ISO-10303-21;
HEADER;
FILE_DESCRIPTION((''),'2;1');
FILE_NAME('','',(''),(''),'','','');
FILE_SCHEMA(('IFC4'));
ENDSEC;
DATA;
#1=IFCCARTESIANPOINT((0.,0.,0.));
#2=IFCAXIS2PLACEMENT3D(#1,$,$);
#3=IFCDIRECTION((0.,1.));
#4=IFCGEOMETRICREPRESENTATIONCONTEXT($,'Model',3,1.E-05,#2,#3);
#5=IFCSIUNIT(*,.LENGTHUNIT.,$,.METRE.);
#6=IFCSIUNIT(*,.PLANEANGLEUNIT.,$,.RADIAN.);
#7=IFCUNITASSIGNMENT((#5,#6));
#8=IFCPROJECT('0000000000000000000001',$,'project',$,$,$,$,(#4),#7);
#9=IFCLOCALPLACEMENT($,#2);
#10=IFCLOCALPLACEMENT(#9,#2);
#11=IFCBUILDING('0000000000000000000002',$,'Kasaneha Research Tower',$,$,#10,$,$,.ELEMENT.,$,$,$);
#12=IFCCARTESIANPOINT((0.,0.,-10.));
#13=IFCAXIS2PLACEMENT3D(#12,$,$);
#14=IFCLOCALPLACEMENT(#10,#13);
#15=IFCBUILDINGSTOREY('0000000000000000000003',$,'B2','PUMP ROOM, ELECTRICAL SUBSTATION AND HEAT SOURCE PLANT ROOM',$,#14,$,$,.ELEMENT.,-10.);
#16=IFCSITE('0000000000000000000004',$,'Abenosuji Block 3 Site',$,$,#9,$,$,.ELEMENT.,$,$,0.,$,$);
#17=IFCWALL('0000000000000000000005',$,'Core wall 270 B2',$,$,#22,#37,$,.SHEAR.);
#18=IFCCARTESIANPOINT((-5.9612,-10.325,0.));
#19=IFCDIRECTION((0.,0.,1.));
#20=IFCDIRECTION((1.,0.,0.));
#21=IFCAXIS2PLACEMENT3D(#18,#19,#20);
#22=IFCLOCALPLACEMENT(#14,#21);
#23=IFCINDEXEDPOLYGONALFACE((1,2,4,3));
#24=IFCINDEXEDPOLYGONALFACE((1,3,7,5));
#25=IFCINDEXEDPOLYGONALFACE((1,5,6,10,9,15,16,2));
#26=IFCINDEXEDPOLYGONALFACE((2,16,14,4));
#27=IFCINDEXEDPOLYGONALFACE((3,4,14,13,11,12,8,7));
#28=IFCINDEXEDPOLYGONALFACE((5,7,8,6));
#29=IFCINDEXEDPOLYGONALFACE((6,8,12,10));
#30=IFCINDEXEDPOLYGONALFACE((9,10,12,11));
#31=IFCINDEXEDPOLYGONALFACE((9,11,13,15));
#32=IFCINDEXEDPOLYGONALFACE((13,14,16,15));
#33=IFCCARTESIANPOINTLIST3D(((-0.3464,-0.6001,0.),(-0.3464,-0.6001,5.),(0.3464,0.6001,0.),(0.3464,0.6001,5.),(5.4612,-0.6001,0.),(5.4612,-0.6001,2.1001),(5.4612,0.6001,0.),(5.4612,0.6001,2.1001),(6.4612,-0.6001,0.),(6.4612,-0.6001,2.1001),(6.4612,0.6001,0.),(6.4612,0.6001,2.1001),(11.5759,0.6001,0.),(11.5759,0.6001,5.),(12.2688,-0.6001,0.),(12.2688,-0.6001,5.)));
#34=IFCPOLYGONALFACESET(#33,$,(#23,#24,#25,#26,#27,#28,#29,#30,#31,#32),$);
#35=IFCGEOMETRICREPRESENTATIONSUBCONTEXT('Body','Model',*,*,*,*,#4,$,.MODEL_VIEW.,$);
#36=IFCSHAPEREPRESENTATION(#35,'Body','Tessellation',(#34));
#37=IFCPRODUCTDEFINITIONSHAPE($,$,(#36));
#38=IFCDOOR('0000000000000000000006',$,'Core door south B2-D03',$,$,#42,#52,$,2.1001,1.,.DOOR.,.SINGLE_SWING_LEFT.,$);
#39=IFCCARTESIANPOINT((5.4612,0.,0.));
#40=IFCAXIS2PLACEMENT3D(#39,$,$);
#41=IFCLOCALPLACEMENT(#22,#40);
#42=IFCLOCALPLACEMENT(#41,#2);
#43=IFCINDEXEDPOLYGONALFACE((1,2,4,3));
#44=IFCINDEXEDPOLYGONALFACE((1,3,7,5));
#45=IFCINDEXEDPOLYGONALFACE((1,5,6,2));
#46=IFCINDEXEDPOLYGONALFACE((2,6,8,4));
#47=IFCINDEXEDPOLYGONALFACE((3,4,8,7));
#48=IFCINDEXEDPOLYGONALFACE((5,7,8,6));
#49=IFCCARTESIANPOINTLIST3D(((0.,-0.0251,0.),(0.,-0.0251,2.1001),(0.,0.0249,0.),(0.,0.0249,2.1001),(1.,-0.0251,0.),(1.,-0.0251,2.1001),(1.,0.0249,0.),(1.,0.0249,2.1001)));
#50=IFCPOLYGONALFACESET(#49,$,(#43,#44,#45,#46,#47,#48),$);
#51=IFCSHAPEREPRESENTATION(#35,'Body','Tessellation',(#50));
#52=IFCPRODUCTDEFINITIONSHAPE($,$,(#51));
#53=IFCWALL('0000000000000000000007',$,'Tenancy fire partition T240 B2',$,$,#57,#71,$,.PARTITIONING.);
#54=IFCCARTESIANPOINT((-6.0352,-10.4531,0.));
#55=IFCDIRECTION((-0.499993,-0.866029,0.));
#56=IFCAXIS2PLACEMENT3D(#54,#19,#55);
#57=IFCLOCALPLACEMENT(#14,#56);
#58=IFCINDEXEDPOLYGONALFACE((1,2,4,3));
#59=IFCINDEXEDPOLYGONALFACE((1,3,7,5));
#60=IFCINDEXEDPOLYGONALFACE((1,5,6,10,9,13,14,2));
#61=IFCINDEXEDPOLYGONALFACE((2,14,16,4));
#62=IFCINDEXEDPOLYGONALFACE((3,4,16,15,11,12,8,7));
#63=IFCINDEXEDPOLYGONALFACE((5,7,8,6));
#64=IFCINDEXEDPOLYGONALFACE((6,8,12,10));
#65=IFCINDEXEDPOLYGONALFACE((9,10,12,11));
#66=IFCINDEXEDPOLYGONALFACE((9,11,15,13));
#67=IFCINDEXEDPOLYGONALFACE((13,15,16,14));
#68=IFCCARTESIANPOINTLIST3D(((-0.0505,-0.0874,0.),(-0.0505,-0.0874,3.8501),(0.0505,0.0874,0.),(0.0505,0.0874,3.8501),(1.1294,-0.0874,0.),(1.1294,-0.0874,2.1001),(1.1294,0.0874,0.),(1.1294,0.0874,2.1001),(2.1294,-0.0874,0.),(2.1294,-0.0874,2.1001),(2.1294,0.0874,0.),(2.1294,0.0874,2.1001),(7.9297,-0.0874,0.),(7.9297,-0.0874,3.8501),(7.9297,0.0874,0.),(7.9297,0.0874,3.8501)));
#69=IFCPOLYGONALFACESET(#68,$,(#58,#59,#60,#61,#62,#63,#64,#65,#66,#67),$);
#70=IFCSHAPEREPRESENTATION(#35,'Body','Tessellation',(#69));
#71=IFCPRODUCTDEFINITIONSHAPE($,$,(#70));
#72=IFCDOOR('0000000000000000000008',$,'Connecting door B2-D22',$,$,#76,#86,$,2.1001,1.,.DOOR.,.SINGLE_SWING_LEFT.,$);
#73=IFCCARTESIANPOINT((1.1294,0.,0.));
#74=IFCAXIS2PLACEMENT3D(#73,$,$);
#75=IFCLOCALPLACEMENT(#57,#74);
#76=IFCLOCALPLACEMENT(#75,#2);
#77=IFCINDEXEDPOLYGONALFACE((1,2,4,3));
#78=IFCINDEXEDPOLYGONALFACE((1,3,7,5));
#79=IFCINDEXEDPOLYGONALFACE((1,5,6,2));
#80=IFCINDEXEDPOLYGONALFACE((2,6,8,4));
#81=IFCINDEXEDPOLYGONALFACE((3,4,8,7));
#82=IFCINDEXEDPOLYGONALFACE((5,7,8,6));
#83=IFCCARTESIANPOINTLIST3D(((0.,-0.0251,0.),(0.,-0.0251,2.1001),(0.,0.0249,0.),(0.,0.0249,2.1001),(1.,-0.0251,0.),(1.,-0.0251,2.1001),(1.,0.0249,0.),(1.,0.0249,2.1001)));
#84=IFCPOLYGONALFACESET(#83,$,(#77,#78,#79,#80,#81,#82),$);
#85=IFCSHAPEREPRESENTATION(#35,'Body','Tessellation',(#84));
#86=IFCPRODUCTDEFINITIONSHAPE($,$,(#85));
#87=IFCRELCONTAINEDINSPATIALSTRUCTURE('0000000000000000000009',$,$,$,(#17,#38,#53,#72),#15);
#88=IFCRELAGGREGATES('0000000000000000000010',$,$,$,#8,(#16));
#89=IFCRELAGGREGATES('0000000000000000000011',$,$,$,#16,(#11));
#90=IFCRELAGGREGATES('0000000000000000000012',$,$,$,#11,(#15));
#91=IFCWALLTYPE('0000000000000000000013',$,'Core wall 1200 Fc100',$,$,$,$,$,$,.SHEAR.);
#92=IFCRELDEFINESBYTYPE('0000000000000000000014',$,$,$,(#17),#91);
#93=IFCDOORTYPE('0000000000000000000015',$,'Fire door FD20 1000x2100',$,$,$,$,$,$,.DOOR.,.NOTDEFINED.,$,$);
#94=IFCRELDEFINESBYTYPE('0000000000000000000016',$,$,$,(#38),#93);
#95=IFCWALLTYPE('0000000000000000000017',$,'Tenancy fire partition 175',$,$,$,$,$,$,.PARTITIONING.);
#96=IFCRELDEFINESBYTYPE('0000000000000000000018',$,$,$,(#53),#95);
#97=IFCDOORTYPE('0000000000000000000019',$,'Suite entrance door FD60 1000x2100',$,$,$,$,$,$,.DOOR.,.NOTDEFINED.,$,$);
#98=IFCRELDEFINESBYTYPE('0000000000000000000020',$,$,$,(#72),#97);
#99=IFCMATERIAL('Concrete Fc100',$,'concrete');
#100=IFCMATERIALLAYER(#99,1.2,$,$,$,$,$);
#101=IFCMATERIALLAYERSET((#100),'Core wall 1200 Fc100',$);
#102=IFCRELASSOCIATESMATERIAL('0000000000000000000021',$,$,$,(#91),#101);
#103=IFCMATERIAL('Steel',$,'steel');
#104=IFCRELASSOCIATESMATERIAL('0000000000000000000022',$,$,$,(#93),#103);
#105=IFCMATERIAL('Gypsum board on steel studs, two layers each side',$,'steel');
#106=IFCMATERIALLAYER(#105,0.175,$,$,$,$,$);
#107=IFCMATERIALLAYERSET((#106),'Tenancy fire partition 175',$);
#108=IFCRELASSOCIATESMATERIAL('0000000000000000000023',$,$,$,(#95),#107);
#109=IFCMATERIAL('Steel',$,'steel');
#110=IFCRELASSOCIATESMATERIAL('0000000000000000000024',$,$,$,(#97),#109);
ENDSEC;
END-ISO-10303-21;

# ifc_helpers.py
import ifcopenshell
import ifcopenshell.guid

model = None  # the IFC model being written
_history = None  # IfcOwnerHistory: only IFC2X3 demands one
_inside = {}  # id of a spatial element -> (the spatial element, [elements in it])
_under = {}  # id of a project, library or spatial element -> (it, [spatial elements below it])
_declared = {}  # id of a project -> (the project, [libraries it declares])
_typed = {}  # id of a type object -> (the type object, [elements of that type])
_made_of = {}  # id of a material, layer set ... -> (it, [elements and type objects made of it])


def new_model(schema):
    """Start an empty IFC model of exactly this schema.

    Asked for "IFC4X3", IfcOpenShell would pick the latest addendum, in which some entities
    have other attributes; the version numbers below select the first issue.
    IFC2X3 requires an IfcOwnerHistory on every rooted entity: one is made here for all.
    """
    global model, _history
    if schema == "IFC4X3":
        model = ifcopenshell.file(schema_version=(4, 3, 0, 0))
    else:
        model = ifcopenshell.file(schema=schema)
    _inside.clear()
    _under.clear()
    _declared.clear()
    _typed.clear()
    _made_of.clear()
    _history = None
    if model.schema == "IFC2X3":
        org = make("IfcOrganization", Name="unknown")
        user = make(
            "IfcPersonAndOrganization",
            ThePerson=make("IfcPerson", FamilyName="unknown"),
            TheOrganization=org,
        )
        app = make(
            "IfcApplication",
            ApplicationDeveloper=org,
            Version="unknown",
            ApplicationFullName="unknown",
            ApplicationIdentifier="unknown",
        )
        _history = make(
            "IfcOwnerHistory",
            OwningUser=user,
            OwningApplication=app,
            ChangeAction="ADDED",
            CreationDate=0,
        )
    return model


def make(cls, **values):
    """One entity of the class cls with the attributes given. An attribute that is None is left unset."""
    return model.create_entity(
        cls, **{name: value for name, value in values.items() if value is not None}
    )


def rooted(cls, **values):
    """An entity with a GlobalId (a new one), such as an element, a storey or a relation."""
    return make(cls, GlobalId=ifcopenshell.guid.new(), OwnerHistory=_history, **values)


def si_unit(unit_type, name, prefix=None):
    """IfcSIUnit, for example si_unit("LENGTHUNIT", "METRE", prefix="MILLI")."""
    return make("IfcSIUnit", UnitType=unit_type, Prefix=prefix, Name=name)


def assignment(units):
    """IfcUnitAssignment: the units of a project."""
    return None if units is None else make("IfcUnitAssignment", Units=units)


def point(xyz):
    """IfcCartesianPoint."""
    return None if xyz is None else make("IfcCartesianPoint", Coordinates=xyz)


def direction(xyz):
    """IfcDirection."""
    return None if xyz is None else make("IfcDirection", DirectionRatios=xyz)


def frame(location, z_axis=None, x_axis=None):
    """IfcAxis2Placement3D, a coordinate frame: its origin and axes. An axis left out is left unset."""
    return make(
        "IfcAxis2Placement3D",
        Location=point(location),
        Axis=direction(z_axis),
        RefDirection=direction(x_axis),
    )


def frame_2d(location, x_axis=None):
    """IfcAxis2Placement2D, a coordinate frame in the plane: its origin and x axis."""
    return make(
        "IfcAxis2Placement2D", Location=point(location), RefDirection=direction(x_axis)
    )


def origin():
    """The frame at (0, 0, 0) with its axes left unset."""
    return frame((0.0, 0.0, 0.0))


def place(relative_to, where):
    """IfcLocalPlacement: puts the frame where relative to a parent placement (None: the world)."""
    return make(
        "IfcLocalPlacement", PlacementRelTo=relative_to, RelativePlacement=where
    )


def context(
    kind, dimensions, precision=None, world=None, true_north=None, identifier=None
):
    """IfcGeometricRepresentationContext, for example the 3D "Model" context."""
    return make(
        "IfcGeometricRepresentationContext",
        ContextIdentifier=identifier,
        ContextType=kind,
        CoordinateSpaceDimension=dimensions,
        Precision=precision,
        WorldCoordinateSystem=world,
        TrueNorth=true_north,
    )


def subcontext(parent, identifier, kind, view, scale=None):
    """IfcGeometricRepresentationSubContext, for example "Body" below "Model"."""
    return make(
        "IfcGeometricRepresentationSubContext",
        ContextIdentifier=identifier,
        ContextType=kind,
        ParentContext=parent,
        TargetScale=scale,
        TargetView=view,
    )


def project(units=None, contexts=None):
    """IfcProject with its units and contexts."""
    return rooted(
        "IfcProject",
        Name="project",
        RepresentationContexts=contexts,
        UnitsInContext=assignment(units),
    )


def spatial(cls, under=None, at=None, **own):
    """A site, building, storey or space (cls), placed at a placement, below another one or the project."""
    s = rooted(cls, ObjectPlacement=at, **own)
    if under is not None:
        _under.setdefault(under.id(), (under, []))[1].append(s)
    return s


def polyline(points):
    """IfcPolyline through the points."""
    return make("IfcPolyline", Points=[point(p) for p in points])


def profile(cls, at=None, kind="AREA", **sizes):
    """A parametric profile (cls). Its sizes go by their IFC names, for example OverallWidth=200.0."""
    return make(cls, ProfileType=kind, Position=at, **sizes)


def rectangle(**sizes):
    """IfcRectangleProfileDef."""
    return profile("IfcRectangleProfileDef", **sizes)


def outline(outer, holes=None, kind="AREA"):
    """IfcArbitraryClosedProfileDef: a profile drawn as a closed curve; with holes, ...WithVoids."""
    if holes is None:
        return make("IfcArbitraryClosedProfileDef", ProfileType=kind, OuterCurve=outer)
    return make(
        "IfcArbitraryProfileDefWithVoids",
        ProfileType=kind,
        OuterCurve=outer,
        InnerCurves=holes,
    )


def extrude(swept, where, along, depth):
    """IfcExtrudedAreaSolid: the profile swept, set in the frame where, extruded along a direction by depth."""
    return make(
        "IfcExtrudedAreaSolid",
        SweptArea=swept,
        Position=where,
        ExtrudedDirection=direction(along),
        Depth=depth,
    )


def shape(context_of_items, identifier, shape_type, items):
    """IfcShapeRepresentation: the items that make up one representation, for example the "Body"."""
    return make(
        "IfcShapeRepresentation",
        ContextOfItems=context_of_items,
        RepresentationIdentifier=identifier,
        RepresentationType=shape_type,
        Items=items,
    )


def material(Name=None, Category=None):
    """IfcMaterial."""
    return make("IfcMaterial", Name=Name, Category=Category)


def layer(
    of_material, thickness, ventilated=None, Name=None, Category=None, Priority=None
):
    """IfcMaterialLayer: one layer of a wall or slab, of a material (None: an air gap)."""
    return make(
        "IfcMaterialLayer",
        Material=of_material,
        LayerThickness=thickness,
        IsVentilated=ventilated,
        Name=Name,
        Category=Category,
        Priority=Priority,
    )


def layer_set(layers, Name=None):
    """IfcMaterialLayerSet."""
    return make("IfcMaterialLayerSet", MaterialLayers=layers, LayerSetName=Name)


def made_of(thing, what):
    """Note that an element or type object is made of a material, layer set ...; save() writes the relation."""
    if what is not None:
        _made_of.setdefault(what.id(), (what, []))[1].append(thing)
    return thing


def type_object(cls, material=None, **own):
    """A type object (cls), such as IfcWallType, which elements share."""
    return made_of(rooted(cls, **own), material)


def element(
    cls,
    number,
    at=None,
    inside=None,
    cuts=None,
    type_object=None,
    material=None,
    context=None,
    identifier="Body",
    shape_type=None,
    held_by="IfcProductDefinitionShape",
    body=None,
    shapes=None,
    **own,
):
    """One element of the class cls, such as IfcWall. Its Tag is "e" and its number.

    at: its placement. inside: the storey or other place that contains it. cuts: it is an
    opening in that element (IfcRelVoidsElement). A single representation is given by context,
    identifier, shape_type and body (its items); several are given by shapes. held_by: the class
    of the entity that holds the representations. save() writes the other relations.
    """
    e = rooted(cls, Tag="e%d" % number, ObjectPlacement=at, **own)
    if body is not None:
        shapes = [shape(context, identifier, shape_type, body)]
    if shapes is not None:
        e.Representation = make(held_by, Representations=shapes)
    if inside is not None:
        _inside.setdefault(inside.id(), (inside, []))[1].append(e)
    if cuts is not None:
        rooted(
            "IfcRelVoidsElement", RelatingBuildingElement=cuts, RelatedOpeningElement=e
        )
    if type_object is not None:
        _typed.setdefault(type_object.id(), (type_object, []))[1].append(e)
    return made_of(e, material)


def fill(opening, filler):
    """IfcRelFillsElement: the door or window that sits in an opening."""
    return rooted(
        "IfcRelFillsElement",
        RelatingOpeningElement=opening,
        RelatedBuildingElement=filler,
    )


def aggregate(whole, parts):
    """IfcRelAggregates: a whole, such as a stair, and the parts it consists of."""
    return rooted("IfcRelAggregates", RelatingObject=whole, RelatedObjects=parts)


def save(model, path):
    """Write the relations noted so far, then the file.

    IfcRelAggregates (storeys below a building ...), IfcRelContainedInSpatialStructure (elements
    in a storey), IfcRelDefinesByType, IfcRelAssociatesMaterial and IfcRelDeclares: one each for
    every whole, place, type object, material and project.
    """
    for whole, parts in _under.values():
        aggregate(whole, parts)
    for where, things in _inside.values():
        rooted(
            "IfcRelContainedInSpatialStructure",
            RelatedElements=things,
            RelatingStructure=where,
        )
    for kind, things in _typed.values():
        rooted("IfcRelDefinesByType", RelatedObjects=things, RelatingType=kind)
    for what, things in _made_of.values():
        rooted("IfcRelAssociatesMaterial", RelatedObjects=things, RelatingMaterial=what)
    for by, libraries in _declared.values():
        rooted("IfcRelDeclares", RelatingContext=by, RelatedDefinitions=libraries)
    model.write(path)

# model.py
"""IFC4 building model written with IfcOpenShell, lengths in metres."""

from ifc_helpers import new_model, si_unit, direction, frame, frame_2d, origin, place, context, subcontext, project, spatial, polyline, rectangle, outline, extrude, material, layer, layer_set, type_object, element, fill, save


model = new_model("IFC4")

# Units and contexts
model_context = context("Model", 3, precision=1e-05, world=origin(), true_north=direction((0.0, 1.0)))
body_context = subcontext(model_context, "Body", "Model", "MODEL_VIEW")
ifc_project = project(units=[si_unit("LENGTHUNIT", "METRE"), si_unit("PLANEANGLEUNIT", "RADIAN")], contexts=[model_context])

# Site, building, storey
site_placement = place(None, origin())
site = spatial("IfcSite", under=ifc_project, at=site_placement, Name="Abenosuji Block 3 Site", CompositionType="ELEMENT", RefElevation=0.0)
building_placement = place(site_placement, origin())
building = spatial("IfcBuilding", under=site, at=building_placement, Name="Kasaneha Research Tower", CompositionType="ELEMENT")
storey_placement = place(building_placement, frame((0.0, 0.0, -10.0)))
storey = spatial("IfcBuildingStorey", under=building, at=storey_placement, Name="B2", Description="PUMP ROOM, ELECTRICAL SUBSTATION AND HEAT SOURCE PLANT ROOM", CompositionType="ELEMENT", Elevation=-10.0)

# Walls, openings, doors
ifc_material_1 = material(Name="Concrete Fc100", Category="concrete")
ifc_layer_1 = layer(ifc_material_1, 1.2)
ifc_layer_set_1 = layer_set([ifc_layer_1], Name="Core wall 1200 Fc100")
wall_type_1 = type_object("IfcWallType", Name="Core wall 1200 Fc100", PredefinedType="SHEAR", material=ifc_layer_set_1)
wall_1_placement = place(storey_placement, frame((-5.9612, -10.325, 0.0), z_axis=(0.0, 0.0, 1.0), x_axis=(1.0, 0.0, 0.0)))
wall_1 = element("IfcWall", 1, at=wall_1_placement, inside=storey, type_object=wall_type_1, Name="Core wall 270 B2", PredefinedType="SHEAR", context=body_context, shape_type="SweptSolid", body=[
    extrude(outline(polyline([(-0.3464, -0.6001), (5.4612, -0.6001), (6.4612, -0.6001), (12.2688, -0.6001), (11.5759, 0.6001), (6.4612, 0.6001), (5.4612, 0.6001), (0.3464, 0.6001), (-0.3464, -0.6001)])), origin(), (0.0, 0.0, 1.0), 5.0),
])
opening_1_placement = place(wall_1_placement, frame((5.4612, 0.0, 0.0)))
opening_1 = element("IfcOpeningElement", 2, at=opening_1_placement, cuts=wall_1, PredefinedType="OPENING", context=body_context, shape_type="SweptSolid", body=[
    extrude(rectangle(XDim=1.0, YDim=2.1001, at=frame_2d((0.5, 1.05))), frame((0.0, 0.6099, 0.0), z_axis=(0.0, -1.0, 0.0), x_axis=(1.0, 0.0, 0.0)), (0.0, 0.0, 1.0), 1.22),
])
ifc_material_2 = material(Name="Steel", Category="steel")
door_type_1 = type_object("IfcDoorType", Name="Fire door FD20 1000x2100", OperationType="NOTDEFINED", PredefinedType="DOOR", material=ifc_material_2)
door_1_placement = place(opening_1_placement, origin())
door_1 = element("IfcDoor", 3, at=door_1_placement, inside=storey, type_object=door_type_1, Name="Core door south B2-D03", OperationType="SINGLE_SWING_LEFT", OverallHeight=2.1001, OverallWidth=1.0, PredefinedType="DOOR", context=body_context, shape_type="SweptSolid", body=[
    extrude(rectangle(XDim=1.0, YDim=2.1001, at=frame_2d((0.5, 1.05))), frame((0.0, 0.0249, 0.0), z_axis=(0.0, -1.0, 0.0), x_axis=(1.0, 0.0, 0.0)), (0.0, 0.0, 1.0), 0.05),
])
fill(opening_1, door_1)
ifc_material_3 = material(Name="Gypsum board on steel studs, two layers each side", Category="steel")
ifc_layer_2 = layer(ifc_material_3, 0.175)
ifc_layer_set_2 = layer_set([ifc_layer_2], Name="Tenancy fire partition 175")
wall_type_2 = type_object("IfcWallType", Name="Tenancy fire partition 175", PredefinedType="PARTITIONING", material=ifc_layer_set_2)
wall_2_placement = place(storey_placement, frame((-6.0352, -10.4531, 0.0), z_axis=(0.0, 0.0, 1.0), x_axis=(-0.499993, -0.866029, 0.0)))
wall_2 = element("IfcWall", 4, at=wall_2_placement, inside=storey, type_object=wall_type_2, Name="Tenancy fire partition T240 B2", PredefinedType="PARTITIONING", context=body_context, shape_type="SweptSolid", body=[
    extrude(outline(polyline([(-0.0505, -0.0874), (1.1294, -0.0874), (2.1294, -0.0874), (7.9297, -0.0874), (7.9297, 0.0874), (2.1294, 0.0874), (1.1294, 0.0874), (0.0505, 0.0874), (-0.0505, -0.0874)])), origin(), (0.0, 0.0, 1.0), 3.8501),
])
opening_2_placement = place(wall_2_placement, frame((1.1294, 0.0, 0.0)))
opening_2 = element("IfcOpeningElement", 5, at=opening_2_placement, cuts=wall_2, PredefinedType="OPENING", context=body_context, shape_type="SweptSolid", body=[
    extrude(rectangle(XDim=1.0, YDim=2.1001, at=frame_2d((0.5, 1.05))), frame((0.0, 0.0977, 0.0), z_axis=(0.0, -1.0, 0.0), x_axis=(1.0, 0.0, 0.0)), (0.0, 0.0, 1.0), 0.1951),
])
ifc_material_4 = material(Name="Steel", Category="steel")
door_type_2 = type_object("IfcDoorType", Name="Suite entrance door FD60 1000x2100", OperationType="NOTDEFINED", PredefinedType="DOOR", material=ifc_material_4)
door_2_placement = place(opening_2_placement, origin())
door_2 = element("IfcDoor", 6, at=door_2_placement, inside=storey, type_object=door_type_2, Name="Connecting door B2-D22", OperationType="SINGLE_SWING_LEFT", OverallHeight=2.1001, OverallWidth=1.0, PredefinedType="DOOR", context=body_context, shape_type="SweptSolid", body=[
    extrude(rectangle(XDim=1.0, YDim=2.1001, at=frame_2d((0.5, 1.05))), frame((0.0, 0.0249, 0.0), z_axis=(0.0, -1.0, 0.0), x_axis=(1.0, 0.0, 0.0)), (0.0, 0.0, 1.0), 0.05),
])
fill(opening_2, door_2)

save(model, "model.ifc")
